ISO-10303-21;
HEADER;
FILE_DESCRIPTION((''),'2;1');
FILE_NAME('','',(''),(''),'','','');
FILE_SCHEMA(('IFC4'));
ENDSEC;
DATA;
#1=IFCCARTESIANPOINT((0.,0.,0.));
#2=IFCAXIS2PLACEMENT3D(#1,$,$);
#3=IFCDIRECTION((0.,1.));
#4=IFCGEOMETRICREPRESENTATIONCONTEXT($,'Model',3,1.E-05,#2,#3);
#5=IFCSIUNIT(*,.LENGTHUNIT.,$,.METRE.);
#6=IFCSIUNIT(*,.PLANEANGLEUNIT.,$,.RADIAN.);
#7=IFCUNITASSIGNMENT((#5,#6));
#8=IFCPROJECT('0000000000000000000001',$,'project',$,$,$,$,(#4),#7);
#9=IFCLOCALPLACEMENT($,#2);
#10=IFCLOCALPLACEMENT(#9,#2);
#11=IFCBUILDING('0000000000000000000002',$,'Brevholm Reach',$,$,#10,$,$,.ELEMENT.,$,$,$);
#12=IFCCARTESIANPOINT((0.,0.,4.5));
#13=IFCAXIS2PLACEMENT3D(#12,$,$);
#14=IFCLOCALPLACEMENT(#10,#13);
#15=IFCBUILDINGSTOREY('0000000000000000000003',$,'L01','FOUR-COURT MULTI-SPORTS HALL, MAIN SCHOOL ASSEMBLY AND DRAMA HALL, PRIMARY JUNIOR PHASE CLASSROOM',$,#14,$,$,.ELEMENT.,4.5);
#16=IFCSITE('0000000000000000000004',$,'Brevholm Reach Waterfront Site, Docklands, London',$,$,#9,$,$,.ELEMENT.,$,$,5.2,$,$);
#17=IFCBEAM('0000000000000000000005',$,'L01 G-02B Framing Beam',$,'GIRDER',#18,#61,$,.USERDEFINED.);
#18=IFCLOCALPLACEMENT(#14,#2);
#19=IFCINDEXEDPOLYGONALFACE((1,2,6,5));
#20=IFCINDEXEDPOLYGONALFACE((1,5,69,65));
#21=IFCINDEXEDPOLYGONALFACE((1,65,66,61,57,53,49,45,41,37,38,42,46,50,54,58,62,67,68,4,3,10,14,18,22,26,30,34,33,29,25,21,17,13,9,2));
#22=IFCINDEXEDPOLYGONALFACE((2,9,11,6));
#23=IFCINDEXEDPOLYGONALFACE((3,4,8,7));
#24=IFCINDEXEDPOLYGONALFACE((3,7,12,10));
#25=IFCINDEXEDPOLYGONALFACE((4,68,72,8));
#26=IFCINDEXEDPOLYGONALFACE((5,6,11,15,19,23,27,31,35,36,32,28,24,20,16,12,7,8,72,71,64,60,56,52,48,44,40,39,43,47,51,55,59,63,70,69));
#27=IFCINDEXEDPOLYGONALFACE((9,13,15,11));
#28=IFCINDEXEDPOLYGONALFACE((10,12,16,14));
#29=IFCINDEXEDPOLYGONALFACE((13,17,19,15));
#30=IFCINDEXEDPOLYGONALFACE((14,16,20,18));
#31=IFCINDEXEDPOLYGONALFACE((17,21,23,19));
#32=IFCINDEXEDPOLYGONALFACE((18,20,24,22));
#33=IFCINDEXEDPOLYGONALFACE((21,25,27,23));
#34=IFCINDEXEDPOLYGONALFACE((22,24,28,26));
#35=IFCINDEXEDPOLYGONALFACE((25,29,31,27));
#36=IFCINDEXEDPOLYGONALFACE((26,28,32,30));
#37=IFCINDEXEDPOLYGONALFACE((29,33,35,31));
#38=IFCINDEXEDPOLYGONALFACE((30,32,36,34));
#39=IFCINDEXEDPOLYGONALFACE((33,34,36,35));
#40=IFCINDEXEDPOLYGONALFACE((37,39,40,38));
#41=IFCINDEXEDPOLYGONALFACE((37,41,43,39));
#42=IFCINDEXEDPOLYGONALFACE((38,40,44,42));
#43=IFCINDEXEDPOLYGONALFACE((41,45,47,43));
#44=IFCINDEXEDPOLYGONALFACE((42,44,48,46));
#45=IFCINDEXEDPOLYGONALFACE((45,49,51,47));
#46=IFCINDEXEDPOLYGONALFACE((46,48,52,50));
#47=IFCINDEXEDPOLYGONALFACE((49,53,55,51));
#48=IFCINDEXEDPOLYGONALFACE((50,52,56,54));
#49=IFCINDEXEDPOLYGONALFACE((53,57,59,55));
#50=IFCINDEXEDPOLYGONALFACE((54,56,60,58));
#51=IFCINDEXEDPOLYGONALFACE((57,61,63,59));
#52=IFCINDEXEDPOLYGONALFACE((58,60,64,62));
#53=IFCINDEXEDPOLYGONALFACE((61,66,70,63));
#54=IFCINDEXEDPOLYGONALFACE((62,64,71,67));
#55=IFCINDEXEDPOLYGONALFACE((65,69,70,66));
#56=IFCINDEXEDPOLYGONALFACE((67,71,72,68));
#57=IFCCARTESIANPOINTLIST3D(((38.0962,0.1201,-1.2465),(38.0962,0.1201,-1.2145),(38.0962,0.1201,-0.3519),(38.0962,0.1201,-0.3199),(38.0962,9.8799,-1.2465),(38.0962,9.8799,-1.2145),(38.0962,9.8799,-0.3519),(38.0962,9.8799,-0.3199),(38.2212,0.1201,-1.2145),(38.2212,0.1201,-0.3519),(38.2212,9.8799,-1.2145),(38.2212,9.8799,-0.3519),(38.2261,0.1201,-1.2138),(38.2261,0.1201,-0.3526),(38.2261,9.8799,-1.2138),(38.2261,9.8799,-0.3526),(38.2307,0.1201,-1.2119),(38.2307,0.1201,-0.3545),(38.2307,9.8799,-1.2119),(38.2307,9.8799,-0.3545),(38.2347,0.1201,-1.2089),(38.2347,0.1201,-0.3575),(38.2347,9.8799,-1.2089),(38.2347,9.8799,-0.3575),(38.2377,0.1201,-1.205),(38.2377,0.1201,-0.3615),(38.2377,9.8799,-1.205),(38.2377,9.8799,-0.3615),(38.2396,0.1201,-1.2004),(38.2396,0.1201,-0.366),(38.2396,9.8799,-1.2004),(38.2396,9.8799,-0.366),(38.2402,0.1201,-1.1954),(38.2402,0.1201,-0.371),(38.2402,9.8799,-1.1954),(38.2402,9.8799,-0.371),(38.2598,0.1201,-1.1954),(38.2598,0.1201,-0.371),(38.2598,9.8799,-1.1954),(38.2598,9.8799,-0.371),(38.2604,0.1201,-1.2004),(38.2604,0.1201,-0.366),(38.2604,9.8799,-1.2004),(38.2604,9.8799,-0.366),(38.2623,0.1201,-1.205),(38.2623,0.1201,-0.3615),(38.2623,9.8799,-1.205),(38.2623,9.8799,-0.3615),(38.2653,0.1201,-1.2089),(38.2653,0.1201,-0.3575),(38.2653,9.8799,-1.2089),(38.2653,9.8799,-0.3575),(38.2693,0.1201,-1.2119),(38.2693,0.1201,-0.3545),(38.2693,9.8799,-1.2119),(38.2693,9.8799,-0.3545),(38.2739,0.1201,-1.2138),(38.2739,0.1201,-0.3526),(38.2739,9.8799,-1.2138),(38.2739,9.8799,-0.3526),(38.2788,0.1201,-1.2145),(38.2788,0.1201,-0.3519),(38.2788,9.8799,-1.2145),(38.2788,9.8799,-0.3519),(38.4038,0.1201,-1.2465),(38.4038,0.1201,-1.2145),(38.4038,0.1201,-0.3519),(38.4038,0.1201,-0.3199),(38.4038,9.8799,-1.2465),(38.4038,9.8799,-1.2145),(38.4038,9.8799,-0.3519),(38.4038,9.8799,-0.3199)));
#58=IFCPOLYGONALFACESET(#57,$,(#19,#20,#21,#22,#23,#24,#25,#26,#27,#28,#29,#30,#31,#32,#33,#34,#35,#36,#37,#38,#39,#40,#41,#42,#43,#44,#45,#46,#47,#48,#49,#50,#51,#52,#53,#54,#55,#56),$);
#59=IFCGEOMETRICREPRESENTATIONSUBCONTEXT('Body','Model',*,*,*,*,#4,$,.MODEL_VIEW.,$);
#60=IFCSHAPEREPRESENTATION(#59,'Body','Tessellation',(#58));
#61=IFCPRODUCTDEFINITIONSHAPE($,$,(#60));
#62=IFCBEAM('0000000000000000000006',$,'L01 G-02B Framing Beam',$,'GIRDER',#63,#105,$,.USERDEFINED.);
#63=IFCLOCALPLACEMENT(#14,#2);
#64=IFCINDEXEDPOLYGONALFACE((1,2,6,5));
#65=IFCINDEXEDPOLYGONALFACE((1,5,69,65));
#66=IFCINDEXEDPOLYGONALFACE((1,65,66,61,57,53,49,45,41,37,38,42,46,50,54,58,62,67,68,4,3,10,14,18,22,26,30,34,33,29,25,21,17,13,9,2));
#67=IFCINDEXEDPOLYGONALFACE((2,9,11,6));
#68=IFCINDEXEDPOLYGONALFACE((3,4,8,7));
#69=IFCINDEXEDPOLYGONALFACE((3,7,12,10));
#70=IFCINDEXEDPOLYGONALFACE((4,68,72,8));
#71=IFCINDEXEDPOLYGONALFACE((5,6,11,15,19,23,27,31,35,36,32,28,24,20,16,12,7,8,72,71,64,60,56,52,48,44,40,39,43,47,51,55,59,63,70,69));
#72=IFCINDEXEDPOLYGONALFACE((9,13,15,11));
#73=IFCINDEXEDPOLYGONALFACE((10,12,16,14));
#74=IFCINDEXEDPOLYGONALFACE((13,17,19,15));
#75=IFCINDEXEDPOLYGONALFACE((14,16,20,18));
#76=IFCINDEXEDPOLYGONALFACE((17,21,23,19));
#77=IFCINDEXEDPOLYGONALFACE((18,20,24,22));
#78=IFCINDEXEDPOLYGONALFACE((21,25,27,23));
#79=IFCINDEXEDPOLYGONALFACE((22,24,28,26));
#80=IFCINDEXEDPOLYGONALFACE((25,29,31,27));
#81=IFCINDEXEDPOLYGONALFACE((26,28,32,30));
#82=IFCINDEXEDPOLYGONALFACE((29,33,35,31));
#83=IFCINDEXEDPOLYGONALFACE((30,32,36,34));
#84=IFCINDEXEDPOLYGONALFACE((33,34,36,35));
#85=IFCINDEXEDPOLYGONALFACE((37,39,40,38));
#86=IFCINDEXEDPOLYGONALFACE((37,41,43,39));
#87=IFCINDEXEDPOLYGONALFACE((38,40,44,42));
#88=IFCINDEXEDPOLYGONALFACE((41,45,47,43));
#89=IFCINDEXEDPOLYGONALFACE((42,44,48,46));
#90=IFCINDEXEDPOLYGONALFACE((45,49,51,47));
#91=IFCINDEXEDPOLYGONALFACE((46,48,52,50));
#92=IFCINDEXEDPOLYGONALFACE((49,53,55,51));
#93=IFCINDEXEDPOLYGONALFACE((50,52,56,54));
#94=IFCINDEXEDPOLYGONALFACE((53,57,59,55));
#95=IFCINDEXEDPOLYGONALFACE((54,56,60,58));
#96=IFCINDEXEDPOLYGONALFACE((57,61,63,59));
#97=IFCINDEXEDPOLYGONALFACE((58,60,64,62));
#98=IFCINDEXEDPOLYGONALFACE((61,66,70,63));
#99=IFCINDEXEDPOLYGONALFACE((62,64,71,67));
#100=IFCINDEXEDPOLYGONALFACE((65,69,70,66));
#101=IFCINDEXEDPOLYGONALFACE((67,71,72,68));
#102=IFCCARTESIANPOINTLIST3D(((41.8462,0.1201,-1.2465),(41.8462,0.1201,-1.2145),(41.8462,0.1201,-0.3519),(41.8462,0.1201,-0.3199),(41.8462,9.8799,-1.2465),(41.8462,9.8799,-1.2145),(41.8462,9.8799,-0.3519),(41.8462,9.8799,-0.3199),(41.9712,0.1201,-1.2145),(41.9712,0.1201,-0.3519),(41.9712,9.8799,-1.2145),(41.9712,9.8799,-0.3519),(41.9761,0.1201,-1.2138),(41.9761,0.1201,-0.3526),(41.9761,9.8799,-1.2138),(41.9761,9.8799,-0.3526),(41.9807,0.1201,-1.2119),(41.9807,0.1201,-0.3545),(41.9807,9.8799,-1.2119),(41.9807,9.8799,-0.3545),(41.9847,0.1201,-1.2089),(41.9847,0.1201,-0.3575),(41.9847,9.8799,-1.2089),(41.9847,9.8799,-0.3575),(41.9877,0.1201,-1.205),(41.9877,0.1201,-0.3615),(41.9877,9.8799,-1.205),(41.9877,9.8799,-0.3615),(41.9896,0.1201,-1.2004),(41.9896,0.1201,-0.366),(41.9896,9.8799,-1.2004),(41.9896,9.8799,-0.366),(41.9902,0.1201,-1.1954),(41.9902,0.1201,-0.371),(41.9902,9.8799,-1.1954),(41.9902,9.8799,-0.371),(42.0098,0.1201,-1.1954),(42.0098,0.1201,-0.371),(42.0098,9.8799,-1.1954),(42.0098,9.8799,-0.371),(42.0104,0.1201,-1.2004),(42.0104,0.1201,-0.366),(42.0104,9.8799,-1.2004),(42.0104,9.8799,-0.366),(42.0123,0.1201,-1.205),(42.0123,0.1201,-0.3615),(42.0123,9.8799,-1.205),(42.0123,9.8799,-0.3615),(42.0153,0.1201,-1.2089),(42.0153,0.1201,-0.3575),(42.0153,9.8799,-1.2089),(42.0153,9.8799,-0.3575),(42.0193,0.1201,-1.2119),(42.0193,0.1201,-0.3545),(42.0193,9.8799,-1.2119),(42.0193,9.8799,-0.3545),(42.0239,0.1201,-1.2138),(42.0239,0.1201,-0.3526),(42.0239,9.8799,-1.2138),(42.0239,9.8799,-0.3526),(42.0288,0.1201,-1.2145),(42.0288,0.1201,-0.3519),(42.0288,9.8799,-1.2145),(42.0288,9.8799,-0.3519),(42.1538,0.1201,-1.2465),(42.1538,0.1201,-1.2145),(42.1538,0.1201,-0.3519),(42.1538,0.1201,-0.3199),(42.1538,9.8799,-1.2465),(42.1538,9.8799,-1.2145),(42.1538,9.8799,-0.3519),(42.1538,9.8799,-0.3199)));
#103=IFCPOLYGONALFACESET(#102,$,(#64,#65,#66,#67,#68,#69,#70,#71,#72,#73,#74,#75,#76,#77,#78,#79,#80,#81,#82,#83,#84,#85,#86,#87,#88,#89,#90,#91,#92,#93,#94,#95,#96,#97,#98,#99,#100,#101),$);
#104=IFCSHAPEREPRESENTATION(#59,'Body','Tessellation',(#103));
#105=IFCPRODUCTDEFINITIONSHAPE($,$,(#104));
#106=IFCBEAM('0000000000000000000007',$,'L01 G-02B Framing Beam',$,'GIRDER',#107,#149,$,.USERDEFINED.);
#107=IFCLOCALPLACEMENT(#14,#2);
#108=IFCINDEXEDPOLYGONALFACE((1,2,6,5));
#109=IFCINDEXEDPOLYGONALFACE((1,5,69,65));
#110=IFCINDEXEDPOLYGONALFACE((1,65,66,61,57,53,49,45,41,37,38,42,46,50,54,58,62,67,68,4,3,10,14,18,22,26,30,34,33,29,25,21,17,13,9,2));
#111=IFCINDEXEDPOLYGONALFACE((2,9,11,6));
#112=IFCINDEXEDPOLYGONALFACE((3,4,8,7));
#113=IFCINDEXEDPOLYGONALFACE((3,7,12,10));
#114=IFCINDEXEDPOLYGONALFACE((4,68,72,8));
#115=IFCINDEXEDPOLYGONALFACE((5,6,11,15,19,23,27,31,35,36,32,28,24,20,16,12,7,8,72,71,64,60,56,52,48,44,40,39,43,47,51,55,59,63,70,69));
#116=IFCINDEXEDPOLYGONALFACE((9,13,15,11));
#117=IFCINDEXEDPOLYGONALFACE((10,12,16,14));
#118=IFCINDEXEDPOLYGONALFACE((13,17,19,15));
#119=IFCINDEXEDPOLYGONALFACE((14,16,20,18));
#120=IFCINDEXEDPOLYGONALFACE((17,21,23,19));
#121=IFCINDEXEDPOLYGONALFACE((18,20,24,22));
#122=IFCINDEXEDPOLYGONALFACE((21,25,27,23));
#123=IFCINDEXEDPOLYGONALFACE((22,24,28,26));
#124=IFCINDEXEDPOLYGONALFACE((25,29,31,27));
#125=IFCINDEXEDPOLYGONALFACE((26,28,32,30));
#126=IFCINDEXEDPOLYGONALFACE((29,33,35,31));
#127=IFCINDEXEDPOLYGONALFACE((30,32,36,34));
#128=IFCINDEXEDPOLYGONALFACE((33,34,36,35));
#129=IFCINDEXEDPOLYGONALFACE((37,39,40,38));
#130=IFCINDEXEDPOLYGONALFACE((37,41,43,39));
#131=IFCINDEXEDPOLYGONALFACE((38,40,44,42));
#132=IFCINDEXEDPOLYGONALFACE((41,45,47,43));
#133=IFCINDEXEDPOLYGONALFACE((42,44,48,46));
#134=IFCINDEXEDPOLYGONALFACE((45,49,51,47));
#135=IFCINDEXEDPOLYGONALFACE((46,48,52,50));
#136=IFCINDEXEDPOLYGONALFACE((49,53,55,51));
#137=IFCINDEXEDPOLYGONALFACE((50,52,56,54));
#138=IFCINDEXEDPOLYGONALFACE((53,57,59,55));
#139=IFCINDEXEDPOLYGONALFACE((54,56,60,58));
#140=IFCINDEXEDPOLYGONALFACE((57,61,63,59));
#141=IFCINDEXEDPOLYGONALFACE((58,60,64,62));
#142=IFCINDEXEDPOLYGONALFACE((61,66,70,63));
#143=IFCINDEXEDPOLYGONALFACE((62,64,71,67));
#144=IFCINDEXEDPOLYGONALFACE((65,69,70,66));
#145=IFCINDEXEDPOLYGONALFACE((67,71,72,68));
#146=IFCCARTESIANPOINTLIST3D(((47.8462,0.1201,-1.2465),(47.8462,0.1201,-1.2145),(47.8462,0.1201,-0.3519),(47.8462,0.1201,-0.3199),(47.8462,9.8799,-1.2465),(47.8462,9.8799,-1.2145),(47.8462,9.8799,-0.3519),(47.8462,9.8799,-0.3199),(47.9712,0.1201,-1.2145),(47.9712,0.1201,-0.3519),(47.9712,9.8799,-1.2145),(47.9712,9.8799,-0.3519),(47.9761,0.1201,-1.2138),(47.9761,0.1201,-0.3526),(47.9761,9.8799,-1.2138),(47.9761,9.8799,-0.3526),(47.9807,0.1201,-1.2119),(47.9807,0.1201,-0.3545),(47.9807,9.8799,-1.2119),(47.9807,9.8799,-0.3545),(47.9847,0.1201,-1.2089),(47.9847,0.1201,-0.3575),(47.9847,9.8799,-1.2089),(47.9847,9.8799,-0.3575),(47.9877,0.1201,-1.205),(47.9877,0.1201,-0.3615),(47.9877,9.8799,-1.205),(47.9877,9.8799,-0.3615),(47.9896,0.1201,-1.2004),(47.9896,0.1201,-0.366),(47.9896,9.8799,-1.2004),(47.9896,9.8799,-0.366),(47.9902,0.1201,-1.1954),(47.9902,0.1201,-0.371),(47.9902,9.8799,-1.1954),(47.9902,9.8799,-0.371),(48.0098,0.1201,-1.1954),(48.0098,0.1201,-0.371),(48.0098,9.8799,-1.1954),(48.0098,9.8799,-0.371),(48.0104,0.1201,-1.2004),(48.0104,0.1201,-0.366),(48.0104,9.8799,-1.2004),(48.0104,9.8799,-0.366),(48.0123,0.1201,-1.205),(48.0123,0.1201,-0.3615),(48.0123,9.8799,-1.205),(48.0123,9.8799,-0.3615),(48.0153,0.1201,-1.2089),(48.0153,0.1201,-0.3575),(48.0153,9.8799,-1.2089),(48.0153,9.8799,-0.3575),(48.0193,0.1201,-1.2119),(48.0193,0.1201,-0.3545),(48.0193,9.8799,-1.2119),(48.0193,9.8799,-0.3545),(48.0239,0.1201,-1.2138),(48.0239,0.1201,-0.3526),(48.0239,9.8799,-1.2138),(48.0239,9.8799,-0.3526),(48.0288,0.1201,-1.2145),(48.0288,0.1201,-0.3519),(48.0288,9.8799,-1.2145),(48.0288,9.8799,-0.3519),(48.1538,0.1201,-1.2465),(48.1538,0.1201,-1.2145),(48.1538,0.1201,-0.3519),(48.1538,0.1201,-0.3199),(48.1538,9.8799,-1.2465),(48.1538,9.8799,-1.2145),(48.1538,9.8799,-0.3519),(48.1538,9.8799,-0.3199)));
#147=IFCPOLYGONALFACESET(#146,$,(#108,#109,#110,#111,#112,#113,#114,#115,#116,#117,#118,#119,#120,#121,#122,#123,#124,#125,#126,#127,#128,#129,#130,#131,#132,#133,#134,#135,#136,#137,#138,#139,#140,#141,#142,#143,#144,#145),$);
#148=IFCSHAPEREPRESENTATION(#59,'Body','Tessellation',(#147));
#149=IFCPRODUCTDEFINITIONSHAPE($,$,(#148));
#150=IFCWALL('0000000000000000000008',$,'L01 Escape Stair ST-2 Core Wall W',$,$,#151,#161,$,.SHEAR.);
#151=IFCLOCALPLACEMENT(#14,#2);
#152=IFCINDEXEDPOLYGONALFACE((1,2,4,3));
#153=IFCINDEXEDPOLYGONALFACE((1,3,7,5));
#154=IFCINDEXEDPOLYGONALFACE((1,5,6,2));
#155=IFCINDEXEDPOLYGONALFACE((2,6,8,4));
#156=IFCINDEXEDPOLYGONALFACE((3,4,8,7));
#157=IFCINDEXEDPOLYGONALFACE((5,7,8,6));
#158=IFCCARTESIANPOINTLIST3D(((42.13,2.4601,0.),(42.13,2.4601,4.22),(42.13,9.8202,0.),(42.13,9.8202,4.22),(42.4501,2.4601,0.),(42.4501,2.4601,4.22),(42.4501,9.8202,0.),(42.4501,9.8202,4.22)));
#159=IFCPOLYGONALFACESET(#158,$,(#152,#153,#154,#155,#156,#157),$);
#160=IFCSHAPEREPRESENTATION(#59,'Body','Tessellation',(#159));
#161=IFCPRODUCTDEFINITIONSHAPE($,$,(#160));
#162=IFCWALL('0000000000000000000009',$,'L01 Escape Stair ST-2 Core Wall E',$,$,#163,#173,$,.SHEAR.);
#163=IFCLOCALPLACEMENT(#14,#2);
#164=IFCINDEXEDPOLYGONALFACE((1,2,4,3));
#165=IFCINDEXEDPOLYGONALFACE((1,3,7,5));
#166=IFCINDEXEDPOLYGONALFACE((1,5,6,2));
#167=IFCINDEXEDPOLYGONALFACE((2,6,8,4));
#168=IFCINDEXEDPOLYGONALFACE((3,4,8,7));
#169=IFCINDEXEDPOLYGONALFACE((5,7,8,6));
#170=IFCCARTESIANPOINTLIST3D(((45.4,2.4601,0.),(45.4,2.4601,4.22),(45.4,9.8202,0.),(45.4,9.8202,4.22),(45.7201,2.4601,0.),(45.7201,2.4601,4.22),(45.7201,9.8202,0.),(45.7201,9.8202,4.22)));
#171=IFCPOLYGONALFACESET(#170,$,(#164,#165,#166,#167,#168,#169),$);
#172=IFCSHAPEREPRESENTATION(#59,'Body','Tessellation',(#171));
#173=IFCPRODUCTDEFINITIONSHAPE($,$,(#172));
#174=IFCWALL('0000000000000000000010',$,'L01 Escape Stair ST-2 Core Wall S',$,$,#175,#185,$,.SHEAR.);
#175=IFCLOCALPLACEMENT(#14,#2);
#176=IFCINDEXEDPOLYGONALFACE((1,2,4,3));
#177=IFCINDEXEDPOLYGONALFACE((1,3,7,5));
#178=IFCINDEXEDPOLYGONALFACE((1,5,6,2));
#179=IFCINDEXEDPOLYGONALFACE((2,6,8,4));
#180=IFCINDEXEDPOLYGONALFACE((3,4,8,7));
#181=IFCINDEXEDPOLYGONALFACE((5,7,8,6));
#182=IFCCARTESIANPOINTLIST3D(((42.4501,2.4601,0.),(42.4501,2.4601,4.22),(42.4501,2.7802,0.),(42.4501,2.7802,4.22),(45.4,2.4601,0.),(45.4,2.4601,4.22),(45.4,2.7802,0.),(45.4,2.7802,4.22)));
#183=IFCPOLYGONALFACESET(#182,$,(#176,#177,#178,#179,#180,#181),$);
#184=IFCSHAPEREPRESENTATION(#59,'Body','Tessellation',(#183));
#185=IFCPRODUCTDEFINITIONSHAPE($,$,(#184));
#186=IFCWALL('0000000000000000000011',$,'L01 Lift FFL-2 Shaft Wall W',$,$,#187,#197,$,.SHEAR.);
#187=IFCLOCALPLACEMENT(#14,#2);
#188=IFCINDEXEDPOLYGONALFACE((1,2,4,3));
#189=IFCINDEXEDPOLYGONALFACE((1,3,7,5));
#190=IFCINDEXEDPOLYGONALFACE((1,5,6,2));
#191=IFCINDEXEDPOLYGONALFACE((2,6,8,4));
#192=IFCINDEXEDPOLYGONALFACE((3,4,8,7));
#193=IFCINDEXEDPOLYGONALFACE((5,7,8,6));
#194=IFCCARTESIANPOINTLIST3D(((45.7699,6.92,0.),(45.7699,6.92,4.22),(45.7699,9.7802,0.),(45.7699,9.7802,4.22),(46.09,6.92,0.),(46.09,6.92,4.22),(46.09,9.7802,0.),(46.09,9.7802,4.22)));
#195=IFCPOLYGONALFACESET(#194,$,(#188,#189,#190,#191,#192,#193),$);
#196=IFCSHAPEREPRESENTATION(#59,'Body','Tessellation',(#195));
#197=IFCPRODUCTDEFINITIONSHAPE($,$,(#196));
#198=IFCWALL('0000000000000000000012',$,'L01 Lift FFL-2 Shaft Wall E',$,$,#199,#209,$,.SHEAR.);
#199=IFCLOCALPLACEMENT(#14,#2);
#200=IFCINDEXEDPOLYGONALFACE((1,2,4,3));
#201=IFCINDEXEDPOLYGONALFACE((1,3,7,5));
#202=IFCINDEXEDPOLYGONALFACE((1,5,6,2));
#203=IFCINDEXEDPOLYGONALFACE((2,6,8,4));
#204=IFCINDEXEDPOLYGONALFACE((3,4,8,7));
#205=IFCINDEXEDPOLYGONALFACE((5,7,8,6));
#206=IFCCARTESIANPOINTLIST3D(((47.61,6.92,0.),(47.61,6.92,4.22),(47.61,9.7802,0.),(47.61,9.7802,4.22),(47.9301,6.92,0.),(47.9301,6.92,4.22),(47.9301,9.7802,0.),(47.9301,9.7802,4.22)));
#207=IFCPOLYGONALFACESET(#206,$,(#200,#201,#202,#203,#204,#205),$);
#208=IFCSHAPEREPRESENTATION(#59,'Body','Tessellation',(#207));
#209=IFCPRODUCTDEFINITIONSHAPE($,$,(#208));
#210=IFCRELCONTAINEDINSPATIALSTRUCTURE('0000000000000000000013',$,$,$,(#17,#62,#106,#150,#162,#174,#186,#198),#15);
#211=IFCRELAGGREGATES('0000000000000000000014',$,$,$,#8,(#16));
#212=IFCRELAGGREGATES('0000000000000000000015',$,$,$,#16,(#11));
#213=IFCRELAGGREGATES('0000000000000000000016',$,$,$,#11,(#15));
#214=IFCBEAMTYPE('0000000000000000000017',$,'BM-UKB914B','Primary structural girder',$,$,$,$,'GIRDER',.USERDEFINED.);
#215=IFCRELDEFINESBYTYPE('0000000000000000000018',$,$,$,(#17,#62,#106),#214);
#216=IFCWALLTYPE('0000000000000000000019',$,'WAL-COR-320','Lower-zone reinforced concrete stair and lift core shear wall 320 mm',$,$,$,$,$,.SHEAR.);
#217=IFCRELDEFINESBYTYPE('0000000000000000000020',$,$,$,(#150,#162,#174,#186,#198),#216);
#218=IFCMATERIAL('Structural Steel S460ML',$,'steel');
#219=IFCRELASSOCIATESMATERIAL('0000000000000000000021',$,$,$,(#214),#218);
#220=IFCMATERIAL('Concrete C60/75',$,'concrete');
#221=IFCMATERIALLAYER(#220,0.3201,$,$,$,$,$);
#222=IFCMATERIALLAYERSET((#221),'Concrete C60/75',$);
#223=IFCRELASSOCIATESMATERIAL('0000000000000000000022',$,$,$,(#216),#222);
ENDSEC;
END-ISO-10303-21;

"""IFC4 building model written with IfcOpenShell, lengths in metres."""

from ifc_helpers import new_model, si_unit, direction, frame, frame_2d, origin, origin_2d, place, context, subcontext, project, spatial, rectangle, i_section, extrude, material, layer, layer_set, material_profile, profile_set, type_object, element, save


model = new_model("IFC4")

# Units and contexts
model_context = context("Model", 3, precision=1e-05, world=origin(), true_north=direction((0.0, 1.0)))
body_context = subcontext(model_context, "Body", "Model", "MODEL_VIEW")
ifc_project = project(units=[si_unit("LENGTHUNIT", "METRE"), si_unit("PLANEANGLEUNIT", "RADIAN")], contexts=[model_context])

# Site, building, storey
site_placement = place(None, origin())
site = spatial("IfcSite", under=ifc_project, at=site_placement, Name="Brevholm Reach Waterfront Site, Docklands, London", CompositionType="ELEMENT", RefElevation=5.2)
building_placement = place(site_placement, origin())
building = spatial("IfcBuilding", under=site, at=building_placement, Name="Brevholm Reach", CompositionType="ELEMENT")
storey_placement = place(building_placement, frame((0.0, 0.0, 4.5)))
storey = spatial("IfcBuildingStorey", under=building, at=storey_placement, Name="L01", Description="FOUR-COURT MULTI-SPORTS HALL, MAIN SCHOOL ASSEMBLY AND DRAMA HALL, PRIMARY JUNIOR PHASE CLASSROOM", CompositionType="ELEMENT", Elevation=4.5)

# Beams
ifc_material_1 = material(Name="Structural Steel S460ML", Category="steel")
ifc_material_profile_1 = material_profile(ifc_material_1, i_section(OverallWidth=0.3076, OverallDepth=0.9265, WebThickness=0.0195, FlangeThickness=0.032, FilletRadius=0.019, at=origin_2d()), Name="UKB 914x305x289")
ifc_profile_set_1 = profile_set([ifc_material_profile_1], Name="Structural Steel S460ML")
beam_type_1 = type_object("IfcBeamType", Name="BM-UKB914B", Description="Primary structural girder", ElementType="GIRDER", PredefinedType="USERDEFINED", material=ifc_profile_set_1)
for number, where, z_axis, x_axis, name in (
    (1, (38.25, 0.1201, -0.7832), (0.0, 1.0, 0.0), (-1.0, 0.0, 0.0), "L01 G-02B Framing Beam"),
    (2, (42.0, 0.1201, -0.7832), (0.0, 1.0, 0.0), (-1.0, 0.0, 0.0), "L01 G-02B Framing Beam"),
    (3, (48.0, 0.1201, -0.7832), (0.0, 1.0, 0.0), (-1.0, 0.0, 0.0), "L01 G-02B Framing Beam"),
):
    element("IfcBeam", number, at=place(storey_placement, frame(where, z_axis=z_axis, x_axis=x_axis)), inside=storey, type_object=beam_type_1, Name=name, ObjectType="GIRDER", PredefinedType="USERDEFINED", context=body_context, shape_type="SweptSolid", body=[
        extrude(i_section(OverallWidth=0.3076, OverallDepth=0.9265, WebThickness=0.0195, FlangeThickness=0.032, FilletRadius=0.019, at=origin_2d()), origin(), (0.0, 0.0, 1.0), 9.7598),
    ])

# Walls
ifc_material_2 = material(Name="Concrete C60/75", Category="concrete")
ifc_layer_1 = layer(ifc_material_2, 0.3201)
ifc_layer_set_1 = layer_set([ifc_layer_1], Name="Concrete C60/75")
wall_type_1 = type_object("IfcWallType", Name="WAL-COR-320", Description="Lower-zone reinforced concrete stair and lift core shear wall 320 mm", PredefinedType="SHEAR", material=ifc_layer_set_1)
for number, where, z_axis, x_axis, name in (
    (4, (42.29, 2.46, 0.0), (0.0, 0.0, 1.0), (0.0, 1.0, 0.0), "L01 Escape Stair ST-2 Core Wall W"),
    (5, (45.5601, 2.46, 0.0), (0.0, 0.0, 1.0), (0.0, 1.0, 0.0), "L01 Escape Stair ST-2 Core Wall E"),
):
    element("IfcWall", number, at=place(storey_placement, frame(where, z_axis=z_axis, x_axis=x_axis)), inside=storey, type_object=wall_type_1, Name=name, PredefinedType="SHEAR", context=body_context, shape_type="SweptSolid", body=[
        extrude(rectangle(XDim=7.3601, YDim=0.3201, at=frame_2d((3.6802, 0.0))), origin(), (0.0, 0.0, 1.0), 4.22),
    ])
wall_1_placement = place(storey_placement, frame((42.45, 2.6201, 0.0), z_axis=(0.0, 0.0, 1.0), x_axis=(1.0, 0.0, 0.0)))
element("IfcWall", 6, at=wall_1_placement, inside=storey, type_object=wall_type_1, Name="L01 Escape Stair ST-2 Core Wall S", PredefinedType="SHEAR", context=body_context, shape_type="SweptSolid", body=[
    extrude(rectangle(XDim=2.95, YDim=0.3201, at=frame_2d((1.4751, 0.0))), origin(), (0.0, 0.0, 1.0), 4.22),
])
for number, where, z_axis, x_axis, name in (
    (7, (45.9299, 6.9199, 0.0), (0.0, 0.0, 1.0), (0.0, 1.0, 0.0), "L01 Lift FFL-2 Shaft Wall W"),
    (8, (47.77, 6.9199, 0.0), (0.0, 0.0, 1.0), (0.0, 1.0, 0.0), "L01 Lift FFL-2 Shaft Wall E"),
):
    element("IfcWall", number, at=place(storey_placement, frame(where, z_axis=z_axis, x_axis=x_axis)), inside=storey, type_object=wall_type_1, Name=name, PredefinedType="SHEAR", context=body_context, shape_type="SweptSolid", body=[
        extrude(rectangle(XDim=2.8601, YDim=0.3201, at=frame_2d((1.4302, 0.0))), origin(), (0.0, 0.0, 1.0), 4.22),
    ])

save(model, "model.ifc")
